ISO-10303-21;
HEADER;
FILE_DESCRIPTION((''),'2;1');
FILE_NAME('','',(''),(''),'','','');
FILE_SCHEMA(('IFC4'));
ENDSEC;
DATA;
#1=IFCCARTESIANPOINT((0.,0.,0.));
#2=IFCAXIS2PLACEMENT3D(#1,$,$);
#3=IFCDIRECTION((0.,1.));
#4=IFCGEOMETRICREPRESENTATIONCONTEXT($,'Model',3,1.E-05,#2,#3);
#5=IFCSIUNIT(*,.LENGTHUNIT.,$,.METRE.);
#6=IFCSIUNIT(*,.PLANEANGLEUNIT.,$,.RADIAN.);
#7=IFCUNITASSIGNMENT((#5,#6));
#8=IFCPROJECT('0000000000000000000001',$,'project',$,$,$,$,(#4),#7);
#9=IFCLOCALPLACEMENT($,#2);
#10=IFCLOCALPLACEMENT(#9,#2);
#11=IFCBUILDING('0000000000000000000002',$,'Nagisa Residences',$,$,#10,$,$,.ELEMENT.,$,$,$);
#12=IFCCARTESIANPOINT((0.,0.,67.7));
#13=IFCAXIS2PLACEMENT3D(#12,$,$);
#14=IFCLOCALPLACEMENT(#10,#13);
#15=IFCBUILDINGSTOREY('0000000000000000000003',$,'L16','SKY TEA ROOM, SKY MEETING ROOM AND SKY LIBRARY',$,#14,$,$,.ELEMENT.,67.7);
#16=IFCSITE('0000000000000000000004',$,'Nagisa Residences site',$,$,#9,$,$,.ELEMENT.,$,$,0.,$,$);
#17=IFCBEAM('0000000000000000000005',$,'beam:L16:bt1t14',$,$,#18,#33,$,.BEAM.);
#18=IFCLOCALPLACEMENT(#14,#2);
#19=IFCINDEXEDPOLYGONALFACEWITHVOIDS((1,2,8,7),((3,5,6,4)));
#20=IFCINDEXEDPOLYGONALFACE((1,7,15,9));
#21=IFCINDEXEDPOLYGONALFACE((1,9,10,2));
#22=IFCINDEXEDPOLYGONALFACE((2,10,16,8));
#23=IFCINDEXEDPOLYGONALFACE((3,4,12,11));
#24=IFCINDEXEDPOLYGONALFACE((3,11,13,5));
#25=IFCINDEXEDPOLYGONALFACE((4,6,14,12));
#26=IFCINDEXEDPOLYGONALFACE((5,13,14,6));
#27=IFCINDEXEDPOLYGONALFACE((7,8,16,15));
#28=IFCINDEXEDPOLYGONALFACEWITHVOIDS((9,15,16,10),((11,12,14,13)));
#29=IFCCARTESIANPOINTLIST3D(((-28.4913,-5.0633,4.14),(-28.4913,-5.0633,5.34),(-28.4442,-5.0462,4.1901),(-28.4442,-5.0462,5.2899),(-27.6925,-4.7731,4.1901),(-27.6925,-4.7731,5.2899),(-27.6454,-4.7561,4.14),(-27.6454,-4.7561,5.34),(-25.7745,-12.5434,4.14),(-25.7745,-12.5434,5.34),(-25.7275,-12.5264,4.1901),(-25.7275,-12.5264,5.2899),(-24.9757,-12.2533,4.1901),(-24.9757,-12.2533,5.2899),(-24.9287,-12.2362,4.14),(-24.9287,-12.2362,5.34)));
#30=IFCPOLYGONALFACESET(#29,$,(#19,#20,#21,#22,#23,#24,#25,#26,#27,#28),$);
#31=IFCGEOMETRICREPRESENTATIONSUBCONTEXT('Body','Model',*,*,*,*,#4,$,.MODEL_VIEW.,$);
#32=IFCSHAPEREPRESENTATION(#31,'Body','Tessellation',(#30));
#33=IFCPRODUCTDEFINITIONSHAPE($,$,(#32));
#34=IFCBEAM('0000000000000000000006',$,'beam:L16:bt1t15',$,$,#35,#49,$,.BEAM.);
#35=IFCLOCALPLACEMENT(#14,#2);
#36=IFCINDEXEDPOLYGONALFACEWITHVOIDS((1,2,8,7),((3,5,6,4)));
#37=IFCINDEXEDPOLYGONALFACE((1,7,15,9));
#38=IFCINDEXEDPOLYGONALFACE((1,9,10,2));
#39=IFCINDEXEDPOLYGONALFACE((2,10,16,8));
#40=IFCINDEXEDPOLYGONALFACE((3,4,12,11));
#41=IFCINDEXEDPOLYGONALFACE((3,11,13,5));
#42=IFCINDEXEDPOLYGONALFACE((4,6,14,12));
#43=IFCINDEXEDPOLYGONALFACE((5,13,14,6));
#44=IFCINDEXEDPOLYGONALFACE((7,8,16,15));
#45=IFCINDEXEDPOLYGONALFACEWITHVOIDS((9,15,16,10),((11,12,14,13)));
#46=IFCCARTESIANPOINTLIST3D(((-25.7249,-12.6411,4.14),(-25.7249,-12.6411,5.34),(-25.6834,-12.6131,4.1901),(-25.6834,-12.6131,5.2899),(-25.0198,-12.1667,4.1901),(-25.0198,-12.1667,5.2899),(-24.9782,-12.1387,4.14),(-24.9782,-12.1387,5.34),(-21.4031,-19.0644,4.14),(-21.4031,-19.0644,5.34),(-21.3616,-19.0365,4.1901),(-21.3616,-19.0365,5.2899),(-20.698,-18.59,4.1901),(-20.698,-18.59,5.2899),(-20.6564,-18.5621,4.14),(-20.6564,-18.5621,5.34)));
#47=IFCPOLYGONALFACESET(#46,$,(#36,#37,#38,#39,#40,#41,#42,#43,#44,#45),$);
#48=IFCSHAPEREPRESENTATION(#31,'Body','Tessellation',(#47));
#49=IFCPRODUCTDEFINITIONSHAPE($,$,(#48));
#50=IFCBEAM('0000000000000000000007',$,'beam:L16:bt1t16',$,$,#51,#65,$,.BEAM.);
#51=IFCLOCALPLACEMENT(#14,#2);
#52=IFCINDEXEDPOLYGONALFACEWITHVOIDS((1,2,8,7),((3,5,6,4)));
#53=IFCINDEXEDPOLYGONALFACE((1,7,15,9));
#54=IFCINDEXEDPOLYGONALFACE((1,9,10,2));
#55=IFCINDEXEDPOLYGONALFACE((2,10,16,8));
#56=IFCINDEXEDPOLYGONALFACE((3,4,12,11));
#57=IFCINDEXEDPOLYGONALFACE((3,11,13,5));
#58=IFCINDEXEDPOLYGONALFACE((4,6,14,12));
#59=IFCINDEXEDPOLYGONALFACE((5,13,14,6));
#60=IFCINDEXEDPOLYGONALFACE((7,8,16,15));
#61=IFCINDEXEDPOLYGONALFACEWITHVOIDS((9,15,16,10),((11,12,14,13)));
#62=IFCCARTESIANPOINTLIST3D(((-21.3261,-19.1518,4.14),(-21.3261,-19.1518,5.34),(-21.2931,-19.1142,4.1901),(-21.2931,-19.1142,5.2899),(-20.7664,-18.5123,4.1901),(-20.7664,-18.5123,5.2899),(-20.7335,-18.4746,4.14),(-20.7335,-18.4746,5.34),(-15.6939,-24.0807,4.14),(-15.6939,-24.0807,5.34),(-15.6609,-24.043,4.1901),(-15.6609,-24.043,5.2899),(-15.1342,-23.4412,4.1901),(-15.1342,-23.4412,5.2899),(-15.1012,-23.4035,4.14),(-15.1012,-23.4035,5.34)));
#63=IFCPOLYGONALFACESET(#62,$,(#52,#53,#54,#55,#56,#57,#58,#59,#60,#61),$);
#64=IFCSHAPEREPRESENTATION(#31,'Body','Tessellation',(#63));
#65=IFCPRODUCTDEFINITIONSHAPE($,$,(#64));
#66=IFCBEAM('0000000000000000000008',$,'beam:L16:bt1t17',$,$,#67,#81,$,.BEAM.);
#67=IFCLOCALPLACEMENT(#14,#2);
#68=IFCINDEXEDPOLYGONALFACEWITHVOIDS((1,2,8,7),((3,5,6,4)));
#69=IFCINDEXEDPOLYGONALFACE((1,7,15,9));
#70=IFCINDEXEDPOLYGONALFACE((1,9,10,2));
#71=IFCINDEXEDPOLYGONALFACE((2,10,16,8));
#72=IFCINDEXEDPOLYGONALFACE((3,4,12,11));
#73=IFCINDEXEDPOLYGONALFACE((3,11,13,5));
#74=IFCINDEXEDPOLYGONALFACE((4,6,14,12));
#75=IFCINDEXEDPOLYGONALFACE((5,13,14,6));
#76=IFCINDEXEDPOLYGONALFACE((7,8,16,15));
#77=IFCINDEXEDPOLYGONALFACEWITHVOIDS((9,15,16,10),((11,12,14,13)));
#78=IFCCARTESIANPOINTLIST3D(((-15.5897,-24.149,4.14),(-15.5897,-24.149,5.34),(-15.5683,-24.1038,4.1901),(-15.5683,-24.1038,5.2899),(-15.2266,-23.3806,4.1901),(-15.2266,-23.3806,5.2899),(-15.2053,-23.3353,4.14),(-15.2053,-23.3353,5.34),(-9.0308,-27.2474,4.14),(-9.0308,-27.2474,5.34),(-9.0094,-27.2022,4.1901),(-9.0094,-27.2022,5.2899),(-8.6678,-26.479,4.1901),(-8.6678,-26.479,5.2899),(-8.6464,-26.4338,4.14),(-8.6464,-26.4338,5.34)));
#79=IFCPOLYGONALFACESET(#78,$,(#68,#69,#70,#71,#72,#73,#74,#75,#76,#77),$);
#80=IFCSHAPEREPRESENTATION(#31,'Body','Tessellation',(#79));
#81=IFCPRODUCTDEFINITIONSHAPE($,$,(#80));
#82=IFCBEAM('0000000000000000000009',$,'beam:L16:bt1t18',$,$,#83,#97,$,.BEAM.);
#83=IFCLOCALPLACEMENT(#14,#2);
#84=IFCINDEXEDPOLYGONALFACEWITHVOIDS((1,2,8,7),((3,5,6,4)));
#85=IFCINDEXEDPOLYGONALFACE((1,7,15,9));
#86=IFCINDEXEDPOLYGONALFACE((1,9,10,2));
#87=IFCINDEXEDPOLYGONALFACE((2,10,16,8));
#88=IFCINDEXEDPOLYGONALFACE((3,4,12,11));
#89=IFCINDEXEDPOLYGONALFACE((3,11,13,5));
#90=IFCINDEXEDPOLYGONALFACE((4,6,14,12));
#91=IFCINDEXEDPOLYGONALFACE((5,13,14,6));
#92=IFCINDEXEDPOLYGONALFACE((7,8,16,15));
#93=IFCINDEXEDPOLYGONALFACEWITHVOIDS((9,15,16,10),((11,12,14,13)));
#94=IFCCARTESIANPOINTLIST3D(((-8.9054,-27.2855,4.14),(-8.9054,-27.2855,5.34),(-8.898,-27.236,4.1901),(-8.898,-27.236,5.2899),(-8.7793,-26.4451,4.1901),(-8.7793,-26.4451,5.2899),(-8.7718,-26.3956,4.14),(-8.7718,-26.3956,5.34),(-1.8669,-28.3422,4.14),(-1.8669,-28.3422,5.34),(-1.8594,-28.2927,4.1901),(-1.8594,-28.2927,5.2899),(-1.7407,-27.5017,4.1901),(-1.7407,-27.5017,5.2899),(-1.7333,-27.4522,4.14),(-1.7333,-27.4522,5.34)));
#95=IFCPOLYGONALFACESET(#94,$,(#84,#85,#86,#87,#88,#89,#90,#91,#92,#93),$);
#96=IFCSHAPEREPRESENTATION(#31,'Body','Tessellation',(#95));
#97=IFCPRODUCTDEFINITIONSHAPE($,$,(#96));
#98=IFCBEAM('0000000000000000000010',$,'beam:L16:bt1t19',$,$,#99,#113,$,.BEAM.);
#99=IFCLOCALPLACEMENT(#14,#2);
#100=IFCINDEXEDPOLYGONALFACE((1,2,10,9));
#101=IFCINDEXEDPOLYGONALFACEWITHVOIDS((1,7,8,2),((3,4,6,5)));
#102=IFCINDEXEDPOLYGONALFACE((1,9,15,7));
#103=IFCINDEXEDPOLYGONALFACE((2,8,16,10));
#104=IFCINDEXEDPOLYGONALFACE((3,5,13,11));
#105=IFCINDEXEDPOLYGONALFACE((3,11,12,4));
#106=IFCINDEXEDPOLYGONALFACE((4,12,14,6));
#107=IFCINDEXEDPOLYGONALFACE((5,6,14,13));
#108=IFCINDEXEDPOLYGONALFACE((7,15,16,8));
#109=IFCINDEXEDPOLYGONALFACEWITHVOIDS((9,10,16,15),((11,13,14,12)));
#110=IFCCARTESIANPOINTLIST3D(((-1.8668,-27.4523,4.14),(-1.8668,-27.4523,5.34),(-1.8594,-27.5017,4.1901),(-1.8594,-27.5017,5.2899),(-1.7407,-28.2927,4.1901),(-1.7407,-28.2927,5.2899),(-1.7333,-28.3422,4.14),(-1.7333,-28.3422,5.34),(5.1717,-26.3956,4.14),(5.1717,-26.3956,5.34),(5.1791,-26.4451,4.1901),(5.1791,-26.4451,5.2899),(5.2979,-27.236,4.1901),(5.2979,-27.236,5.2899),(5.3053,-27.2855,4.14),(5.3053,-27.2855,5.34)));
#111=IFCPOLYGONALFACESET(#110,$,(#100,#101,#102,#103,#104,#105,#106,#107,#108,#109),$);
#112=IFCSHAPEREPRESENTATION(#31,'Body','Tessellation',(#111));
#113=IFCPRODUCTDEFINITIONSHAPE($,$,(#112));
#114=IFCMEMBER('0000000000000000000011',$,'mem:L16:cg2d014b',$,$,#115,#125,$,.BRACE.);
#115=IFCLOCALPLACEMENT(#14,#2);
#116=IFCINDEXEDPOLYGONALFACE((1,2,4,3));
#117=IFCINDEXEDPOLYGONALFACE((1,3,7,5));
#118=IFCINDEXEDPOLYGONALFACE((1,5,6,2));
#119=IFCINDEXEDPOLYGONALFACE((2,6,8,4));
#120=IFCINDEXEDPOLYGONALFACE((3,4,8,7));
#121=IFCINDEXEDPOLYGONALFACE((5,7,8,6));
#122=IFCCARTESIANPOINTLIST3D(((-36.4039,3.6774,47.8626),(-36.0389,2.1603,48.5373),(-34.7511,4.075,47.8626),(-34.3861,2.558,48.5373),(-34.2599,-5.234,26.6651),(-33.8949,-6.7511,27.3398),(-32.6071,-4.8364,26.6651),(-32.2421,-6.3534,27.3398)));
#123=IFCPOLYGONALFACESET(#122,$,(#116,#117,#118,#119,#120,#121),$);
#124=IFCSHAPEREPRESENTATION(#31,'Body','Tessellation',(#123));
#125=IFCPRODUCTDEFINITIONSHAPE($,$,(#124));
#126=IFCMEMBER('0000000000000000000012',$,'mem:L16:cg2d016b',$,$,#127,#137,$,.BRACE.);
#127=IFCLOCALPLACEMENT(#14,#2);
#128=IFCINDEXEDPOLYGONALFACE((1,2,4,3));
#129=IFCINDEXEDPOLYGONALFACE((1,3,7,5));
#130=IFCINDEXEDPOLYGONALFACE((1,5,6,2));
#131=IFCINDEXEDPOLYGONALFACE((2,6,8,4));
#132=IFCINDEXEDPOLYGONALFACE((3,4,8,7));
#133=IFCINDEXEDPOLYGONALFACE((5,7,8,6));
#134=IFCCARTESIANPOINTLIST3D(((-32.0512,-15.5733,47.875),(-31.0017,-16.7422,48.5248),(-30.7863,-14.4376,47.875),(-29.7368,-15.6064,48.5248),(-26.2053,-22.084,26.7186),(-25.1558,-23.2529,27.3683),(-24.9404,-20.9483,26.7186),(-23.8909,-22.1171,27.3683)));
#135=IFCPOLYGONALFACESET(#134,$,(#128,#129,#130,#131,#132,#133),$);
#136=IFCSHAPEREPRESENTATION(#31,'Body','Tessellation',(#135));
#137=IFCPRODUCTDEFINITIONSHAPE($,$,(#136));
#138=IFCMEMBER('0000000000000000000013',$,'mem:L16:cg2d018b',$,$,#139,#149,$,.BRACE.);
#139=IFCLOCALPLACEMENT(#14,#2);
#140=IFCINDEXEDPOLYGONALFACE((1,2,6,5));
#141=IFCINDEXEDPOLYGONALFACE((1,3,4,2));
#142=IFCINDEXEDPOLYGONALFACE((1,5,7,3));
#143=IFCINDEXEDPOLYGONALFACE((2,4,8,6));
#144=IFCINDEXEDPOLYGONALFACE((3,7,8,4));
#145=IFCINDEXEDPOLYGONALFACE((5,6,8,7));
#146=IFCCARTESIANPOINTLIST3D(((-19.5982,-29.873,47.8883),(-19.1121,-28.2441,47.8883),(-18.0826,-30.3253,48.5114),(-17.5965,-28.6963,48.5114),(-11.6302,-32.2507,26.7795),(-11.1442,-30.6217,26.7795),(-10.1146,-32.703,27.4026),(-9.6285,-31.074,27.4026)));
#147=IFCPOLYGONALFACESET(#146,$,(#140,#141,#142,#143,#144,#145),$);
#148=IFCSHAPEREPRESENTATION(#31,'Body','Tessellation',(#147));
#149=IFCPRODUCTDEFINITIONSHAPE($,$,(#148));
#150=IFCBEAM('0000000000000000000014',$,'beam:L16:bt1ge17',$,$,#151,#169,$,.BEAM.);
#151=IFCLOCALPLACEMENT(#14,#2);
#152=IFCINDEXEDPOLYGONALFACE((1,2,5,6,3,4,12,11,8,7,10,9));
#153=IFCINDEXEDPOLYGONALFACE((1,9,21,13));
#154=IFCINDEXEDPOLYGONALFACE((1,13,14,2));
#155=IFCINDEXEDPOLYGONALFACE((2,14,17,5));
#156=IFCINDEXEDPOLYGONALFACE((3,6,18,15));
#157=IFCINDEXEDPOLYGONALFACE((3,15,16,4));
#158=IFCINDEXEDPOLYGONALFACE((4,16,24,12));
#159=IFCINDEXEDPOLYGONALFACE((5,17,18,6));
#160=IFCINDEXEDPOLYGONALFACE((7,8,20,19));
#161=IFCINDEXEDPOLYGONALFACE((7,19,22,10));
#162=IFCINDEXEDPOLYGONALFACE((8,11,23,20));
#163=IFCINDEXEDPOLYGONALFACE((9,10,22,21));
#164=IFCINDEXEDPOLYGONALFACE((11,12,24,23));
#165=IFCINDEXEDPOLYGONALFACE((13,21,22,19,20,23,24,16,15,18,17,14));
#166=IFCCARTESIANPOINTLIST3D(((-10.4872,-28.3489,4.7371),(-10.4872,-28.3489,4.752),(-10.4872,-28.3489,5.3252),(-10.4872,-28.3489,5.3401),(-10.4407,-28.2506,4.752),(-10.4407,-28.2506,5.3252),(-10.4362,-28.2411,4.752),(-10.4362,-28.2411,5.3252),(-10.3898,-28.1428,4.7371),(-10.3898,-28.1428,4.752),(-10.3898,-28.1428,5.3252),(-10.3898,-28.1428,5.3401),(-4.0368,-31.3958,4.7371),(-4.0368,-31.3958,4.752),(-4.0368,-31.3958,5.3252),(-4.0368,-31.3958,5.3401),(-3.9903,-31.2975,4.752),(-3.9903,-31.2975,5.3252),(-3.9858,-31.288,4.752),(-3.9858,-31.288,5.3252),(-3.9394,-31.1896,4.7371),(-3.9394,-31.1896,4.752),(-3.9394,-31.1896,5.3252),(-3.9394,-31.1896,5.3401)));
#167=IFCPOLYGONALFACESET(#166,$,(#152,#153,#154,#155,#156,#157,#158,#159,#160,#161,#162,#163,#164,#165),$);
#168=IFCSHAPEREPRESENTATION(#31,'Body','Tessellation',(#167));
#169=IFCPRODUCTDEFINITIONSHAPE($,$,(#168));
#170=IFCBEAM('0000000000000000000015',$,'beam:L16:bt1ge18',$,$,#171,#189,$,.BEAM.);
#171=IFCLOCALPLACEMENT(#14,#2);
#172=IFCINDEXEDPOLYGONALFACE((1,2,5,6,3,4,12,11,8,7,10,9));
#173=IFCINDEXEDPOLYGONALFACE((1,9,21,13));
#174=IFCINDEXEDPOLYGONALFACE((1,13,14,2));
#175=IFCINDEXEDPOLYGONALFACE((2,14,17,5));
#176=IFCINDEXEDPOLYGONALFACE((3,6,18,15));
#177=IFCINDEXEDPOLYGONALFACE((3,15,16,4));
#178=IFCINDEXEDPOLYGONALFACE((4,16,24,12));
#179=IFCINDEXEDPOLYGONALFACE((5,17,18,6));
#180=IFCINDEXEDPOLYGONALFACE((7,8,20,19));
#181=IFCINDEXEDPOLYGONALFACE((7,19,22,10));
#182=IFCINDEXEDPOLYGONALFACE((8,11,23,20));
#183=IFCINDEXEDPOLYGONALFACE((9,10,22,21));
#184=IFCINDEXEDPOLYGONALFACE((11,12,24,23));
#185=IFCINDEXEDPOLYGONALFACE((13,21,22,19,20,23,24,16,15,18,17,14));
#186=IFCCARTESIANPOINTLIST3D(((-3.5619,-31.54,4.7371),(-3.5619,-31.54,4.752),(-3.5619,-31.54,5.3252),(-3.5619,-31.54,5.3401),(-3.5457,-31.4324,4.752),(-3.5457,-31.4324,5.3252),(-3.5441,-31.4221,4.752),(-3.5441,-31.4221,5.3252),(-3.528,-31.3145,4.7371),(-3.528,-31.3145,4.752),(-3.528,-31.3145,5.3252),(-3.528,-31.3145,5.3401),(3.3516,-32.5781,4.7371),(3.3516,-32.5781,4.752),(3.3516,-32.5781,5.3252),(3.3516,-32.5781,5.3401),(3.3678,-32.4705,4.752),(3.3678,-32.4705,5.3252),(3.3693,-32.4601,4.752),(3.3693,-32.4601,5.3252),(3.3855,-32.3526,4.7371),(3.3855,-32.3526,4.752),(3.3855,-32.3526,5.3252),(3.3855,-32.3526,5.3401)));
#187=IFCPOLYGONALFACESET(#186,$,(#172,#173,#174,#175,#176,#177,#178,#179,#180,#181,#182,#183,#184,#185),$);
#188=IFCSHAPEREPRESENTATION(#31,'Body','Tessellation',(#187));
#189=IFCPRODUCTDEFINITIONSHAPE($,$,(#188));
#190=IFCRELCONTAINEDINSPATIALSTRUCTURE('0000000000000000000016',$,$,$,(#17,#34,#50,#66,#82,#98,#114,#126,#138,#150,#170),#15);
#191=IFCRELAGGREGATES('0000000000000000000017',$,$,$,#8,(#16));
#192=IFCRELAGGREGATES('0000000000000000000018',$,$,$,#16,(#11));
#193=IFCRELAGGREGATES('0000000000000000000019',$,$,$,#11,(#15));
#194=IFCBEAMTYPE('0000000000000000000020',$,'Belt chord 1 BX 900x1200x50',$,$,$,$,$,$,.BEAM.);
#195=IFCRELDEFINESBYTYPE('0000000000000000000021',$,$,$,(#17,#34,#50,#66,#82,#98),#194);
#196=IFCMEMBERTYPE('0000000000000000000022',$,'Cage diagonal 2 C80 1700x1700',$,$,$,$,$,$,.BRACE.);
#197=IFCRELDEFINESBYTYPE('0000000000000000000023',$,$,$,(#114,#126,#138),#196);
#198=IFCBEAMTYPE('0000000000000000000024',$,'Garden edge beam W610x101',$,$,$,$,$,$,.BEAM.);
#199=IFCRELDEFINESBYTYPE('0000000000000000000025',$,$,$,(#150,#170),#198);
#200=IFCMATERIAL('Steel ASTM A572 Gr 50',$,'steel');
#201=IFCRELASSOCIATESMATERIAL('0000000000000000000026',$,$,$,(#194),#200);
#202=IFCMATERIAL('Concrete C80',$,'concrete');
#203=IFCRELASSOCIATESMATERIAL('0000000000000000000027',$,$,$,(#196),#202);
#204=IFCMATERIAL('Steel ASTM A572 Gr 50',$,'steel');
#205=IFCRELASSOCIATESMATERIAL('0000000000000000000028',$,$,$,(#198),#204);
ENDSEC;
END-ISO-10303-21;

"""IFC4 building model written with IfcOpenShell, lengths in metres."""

from ifc_helpers import new_model, si_unit, direction, frame, origin, origin_2d, place, context, subcontext, project, spatial, rectangle, hollow_rectangle, i_section, extrude, material, material_profile, profile_set, type_object, element, save


model = new_model("IFC4")

# Units and contexts
model_context = context("Model", 3, precision=1e-05, world=origin(), true_north=direction((0.0, 1.0)))
body_context = subcontext(model_context, "Body", "Model", "MODEL_VIEW")
ifc_project = project(units=[si_unit("LENGTHUNIT", "METRE"), si_unit("PLANEANGLEUNIT", "RADIAN")], contexts=[model_context])

# Site, building, storey
site_placement = place(None, origin())
site = spatial("IfcSite", under=ifc_project, at=site_placement, Name="Nagisa Residences site", CompositionType="ELEMENT", RefElevation=0.0)
building_placement = place(site_placement, origin())
building = spatial("IfcBuilding", under=site, at=building_placement, Name="Nagisa Residences", CompositionType="ELEMENT")
storey_placement = place(building_placement, frame((0.0, 0.0, 67.7)))
storey = spatial("IfcBuildingStorey", under=building, at=storey_placement, Name="L16", Description="SKY TEA ROOM, SKY MEETING ROOM AND SKY LIBRARY", CompositionType="ELEMENT", Elevation=67.7)

# Beams
ifc_material_1 = material(Name="Steel ASTM A572 Gr 50", Category="steel")
ifc_material_profile_1 = material_profile(ifc_material_1, hollow_rectangle(XDim=0.8999, YDim=1.2, WallThickness=0.05, at=origin_2d()), Name="BX 900x1200x50")
ifc_profile_set_1 = profile_set([ifc_material_profile_1], Name="Steel ASTM A572 Gr 50")
beam_type_1 = type_object("IfcBeamType", Name="Belt chord 1 BX 900x1200x50", PredefinedType="BEAM", material=ifc_profile_set_1)
beam_1_placement = place(storey_placement, frame((-28.0684, -4.9097, 4.74), z_axis=(0.341378, -0.939926, 0.0), x_axis=(0.939926, 0.341378, 0.0)))
element("IfcBeam", 1, at=beam_1_placement, inside=storey, type_object=beam_type_1, Name="beam:L16:bt1t14", PredefinedType="BEAM", context=body_context, shape_type="SweptSolid", body=[
    extrude(hollow_rectangle(XDim=0.8999, YDim=1.2, WallThickness=0.05, at=origin_2d()), origin(), (0.0, 0.0, 1.0), 7.9583),
])
beam_2_placement = place(storey_placement, frame((-25.3516, -12.3899, 4.74), z_axis=(0.558232, -0.829685, 0.0), x_axis=(0.829685, 0.558232, 0.0)))
element("IfcBeam", 2, at=beam_2_placement, inside=storey, type_object=beam_type_1, Name="beam:L16:bt1t15", PredefinedType="BEAM", context=body_context, shape_type="SweptSolid", body=[
    extrude(hollow_rectangle(XDim=0.8999, YDim=1.2, WallThickness=0.05, at=origin_2d()), origin(), (0.0, 0.0, 1.0), 7.7419),
])
beam_3_placement = place(storey_placement, frame((-21.0298, -18.8132, 4.74), z_axis=(0.752532, -0.658555, 0.0), x_axis=(0.658555, 0.752532, 0.0)))
element("IfcBeam", 3, at=beam_3_placement, inside=storey, type_object=beam_type_1, Name="beam:L16:bt1t16", PredefinedType="BEAM", context=body_context, shape_type="SweptSolid", body=[
    extrude(hollow_rectangle(XDim=0.8999, YDim=1.2, WallThickness=0.05, at=origin_2d()), origin(), (0.0, 0.0, 1.0), 7.4844),
])
beam_4_placement = place(storey_placement, frame((-15.3975, -23.7422, 4.74), z_axis=(0.904187, -0.427137, 0.0), x_axis=(0.427137, 0.904187, 0.0)))
element("IfcBeam", 4, at=beam_4_placement, inside=storey, type_object=beam_type_1, Name="beam:L16:bt1t17", PredefinedType="BEAM", context=body_context, shape_type="SweptSolid", body=[
    extrude(hollow_rectangle(XDim=0.8999, YDim=1.2, WallThickness=0.05, at=origin_2d()), origin(), (0.0, 0.0, 1.0), 7.2539),
])
for number, where, z_axis, x_axis, name in (
    (5, (-8.8386, -26.8406, 4.74), (0.988919, -0.148458, 0.0), (0.148458, 0.988919, 0.0), "beam:L16:bt1t18"),
    (6, (-1.8, -27.8972, 4.74), (0.988919, 0.148458, 0.0), (-0.148458, 0.988919, 0.0), "beam:L16:bt1t19"),
):
    element("IfcBeam", number, at=place(storey_placement, frame(where, z_axis=z_axis, x_axis=x_axis)), inside=storey, type_object=beam_type_1, Name=name, PredefinedType="BEAM", context=body_context, shape_type="SweptSolid", body=[
        extrude(hollow_rectangle(XDim=0.8999, YDim=1.2, WallThickness=0.05, at=origin_2d()), origin(), (0.0, 0.0, 1.0), 7.1174),
    ])

# Members
ifc_material_2 = material(Name="Concrete C80", Category="concrete")
ifc_material_profile_2 = material_profile(ifc_material_2, rectangle(XDim=1.7, YDim=1.7, at=origin_2d()), Name="C80 1700x1700")
ifc_profile_set_2 = profile_set([ifc_material_profile_2], Name="Concrete C80")
member_type = type_object("IfcMemberType", Name="Cage diagonal 2 C80 1700x1700", PredefinedType="BRACE", material=ifc_profile_set_2)
member_1_placement = place(storey_placement, frame((-33.251, -5.7937, 27.0024), z_axis=(-0.092839, 0.38587, 0.91787), x_axis=(-0.972256, -0.233921, 0.0)))
element("IfcMember", 7, at=member_1_placement, inside=storey, type_object=member_type, Name="mem:L16:cg2d014b", PredefinedType="BRACE", context=body_context, shape_type="SweptSolid", body=[
    extrude(rectangle(XDim=1.7, YDim=1.7, at=origin_2d()), origin(), (0.0, 0.0, 1.0), 23.0942),
])
member_2_placement = place(storey_placement, frame((-25.0481, -22.1006, 27.0435), z_axis=(-0.255342, 0.284379, 0.924083), x_axis=(-0.744073, -0.668098, 0.0)))
element("IfcMember", 8, at=member_2_placement, inside=storey, type_object=member_type, Name="mem:L16:cg2d016b", PredefinedType="BRACE", context=body_context, shape_type="SweptSolid", body=[
    extrude(rectangle(XDim=1.7, YDim=1.7, at=origin_2d()), origin(), (0.0, 0.0, 1.0), 22.8945),
])
member_3_placement = place(storey_placement, frame((-10.6294, -31.6624, 27.0911), z_axis=(-0.351206, 0.104801, 0.930415), x_axis=(-0.285944, -0.958246, 0.0)))
element("IfcMember", 9, at=member_3_placement, inside=storey, type_object=member_type, Name="mem:L16:cg2d018b", PredefinedType="BRACE", context=body_context, shape_type="SweptSolid", body=[
    extrude(rectangle(XDim=1.7, YDim=1.7, at=origin_2d()), origin(), (0.0, 0.0, 1.0), 22.6875),
])

# Beams
ifc_material_3 = material(Name="Steel ASTM A572 Gr 50", Category="steel")
ifc_material_profile_3 = material_profile(ifc_material_3, i_section(OverallWidth=0.228, OverallDepth=0.603, WebThickness=0.0105, FlangeThickness=0.0149, at=origin_2d()), Name="W610x101")
ifc_profile_set_3 = profile_set([ifc_material_profile_3], Name="Steel ASTM A572 Gr 50")
beam_type_2 = type_object("IfcBeamType", Name="Garden edge beam W610x101", PredefinedType="BEAM", material=ifc_profile_set_3)
beam_5_placement = place(storey_placement, frame((-10.4385, -28.2458, 5.0386), z_axis=(0.904203, -0.427102, 0.0), x_axis=(0.427102, 0.904203, 0.0)))
element("IfcBeam", 10, at=beam_5_placement, inside=storey, type_object=beam_type_2, Name="beam:L16:bt1ge17", PredefinedType="BEAM", context=body_context, shape_type="SweptSolid", body=[
    extrude(i_section(OverallWidth=0.228, OverallDepth=0.603, WebThickness=0.0105, FlangeThickness=0.0149, at=origin_2d()), origin(), (0.0, 0.0, 1.0), 7.1338),
])
beam_6_placement = place(storey_placement, frame((-3.5449, -31.4272, 5.0386), z_axis=(0.988914, -0.148487, 0.0), x_axis=(0.148487, 0.988914, 0.0)))
element("IfcBeam", 11, at=beam_6_placement, inside=storey, type_object=beam_type_2, Name="beam:L16:bt1ge18", PredefinedType="BEAM", context=body_context, shape_type="SweptSolid", body=[
    extrude(i_section(OverallWidth=0.228, OverallDepth=0.603, WebThickness=0.0105, FlangeThickness=0.0149, at=origin_2d()), origin(), (0.0, 0.0, 1.0), 6.991),
])

save(model, "model.ifc")
